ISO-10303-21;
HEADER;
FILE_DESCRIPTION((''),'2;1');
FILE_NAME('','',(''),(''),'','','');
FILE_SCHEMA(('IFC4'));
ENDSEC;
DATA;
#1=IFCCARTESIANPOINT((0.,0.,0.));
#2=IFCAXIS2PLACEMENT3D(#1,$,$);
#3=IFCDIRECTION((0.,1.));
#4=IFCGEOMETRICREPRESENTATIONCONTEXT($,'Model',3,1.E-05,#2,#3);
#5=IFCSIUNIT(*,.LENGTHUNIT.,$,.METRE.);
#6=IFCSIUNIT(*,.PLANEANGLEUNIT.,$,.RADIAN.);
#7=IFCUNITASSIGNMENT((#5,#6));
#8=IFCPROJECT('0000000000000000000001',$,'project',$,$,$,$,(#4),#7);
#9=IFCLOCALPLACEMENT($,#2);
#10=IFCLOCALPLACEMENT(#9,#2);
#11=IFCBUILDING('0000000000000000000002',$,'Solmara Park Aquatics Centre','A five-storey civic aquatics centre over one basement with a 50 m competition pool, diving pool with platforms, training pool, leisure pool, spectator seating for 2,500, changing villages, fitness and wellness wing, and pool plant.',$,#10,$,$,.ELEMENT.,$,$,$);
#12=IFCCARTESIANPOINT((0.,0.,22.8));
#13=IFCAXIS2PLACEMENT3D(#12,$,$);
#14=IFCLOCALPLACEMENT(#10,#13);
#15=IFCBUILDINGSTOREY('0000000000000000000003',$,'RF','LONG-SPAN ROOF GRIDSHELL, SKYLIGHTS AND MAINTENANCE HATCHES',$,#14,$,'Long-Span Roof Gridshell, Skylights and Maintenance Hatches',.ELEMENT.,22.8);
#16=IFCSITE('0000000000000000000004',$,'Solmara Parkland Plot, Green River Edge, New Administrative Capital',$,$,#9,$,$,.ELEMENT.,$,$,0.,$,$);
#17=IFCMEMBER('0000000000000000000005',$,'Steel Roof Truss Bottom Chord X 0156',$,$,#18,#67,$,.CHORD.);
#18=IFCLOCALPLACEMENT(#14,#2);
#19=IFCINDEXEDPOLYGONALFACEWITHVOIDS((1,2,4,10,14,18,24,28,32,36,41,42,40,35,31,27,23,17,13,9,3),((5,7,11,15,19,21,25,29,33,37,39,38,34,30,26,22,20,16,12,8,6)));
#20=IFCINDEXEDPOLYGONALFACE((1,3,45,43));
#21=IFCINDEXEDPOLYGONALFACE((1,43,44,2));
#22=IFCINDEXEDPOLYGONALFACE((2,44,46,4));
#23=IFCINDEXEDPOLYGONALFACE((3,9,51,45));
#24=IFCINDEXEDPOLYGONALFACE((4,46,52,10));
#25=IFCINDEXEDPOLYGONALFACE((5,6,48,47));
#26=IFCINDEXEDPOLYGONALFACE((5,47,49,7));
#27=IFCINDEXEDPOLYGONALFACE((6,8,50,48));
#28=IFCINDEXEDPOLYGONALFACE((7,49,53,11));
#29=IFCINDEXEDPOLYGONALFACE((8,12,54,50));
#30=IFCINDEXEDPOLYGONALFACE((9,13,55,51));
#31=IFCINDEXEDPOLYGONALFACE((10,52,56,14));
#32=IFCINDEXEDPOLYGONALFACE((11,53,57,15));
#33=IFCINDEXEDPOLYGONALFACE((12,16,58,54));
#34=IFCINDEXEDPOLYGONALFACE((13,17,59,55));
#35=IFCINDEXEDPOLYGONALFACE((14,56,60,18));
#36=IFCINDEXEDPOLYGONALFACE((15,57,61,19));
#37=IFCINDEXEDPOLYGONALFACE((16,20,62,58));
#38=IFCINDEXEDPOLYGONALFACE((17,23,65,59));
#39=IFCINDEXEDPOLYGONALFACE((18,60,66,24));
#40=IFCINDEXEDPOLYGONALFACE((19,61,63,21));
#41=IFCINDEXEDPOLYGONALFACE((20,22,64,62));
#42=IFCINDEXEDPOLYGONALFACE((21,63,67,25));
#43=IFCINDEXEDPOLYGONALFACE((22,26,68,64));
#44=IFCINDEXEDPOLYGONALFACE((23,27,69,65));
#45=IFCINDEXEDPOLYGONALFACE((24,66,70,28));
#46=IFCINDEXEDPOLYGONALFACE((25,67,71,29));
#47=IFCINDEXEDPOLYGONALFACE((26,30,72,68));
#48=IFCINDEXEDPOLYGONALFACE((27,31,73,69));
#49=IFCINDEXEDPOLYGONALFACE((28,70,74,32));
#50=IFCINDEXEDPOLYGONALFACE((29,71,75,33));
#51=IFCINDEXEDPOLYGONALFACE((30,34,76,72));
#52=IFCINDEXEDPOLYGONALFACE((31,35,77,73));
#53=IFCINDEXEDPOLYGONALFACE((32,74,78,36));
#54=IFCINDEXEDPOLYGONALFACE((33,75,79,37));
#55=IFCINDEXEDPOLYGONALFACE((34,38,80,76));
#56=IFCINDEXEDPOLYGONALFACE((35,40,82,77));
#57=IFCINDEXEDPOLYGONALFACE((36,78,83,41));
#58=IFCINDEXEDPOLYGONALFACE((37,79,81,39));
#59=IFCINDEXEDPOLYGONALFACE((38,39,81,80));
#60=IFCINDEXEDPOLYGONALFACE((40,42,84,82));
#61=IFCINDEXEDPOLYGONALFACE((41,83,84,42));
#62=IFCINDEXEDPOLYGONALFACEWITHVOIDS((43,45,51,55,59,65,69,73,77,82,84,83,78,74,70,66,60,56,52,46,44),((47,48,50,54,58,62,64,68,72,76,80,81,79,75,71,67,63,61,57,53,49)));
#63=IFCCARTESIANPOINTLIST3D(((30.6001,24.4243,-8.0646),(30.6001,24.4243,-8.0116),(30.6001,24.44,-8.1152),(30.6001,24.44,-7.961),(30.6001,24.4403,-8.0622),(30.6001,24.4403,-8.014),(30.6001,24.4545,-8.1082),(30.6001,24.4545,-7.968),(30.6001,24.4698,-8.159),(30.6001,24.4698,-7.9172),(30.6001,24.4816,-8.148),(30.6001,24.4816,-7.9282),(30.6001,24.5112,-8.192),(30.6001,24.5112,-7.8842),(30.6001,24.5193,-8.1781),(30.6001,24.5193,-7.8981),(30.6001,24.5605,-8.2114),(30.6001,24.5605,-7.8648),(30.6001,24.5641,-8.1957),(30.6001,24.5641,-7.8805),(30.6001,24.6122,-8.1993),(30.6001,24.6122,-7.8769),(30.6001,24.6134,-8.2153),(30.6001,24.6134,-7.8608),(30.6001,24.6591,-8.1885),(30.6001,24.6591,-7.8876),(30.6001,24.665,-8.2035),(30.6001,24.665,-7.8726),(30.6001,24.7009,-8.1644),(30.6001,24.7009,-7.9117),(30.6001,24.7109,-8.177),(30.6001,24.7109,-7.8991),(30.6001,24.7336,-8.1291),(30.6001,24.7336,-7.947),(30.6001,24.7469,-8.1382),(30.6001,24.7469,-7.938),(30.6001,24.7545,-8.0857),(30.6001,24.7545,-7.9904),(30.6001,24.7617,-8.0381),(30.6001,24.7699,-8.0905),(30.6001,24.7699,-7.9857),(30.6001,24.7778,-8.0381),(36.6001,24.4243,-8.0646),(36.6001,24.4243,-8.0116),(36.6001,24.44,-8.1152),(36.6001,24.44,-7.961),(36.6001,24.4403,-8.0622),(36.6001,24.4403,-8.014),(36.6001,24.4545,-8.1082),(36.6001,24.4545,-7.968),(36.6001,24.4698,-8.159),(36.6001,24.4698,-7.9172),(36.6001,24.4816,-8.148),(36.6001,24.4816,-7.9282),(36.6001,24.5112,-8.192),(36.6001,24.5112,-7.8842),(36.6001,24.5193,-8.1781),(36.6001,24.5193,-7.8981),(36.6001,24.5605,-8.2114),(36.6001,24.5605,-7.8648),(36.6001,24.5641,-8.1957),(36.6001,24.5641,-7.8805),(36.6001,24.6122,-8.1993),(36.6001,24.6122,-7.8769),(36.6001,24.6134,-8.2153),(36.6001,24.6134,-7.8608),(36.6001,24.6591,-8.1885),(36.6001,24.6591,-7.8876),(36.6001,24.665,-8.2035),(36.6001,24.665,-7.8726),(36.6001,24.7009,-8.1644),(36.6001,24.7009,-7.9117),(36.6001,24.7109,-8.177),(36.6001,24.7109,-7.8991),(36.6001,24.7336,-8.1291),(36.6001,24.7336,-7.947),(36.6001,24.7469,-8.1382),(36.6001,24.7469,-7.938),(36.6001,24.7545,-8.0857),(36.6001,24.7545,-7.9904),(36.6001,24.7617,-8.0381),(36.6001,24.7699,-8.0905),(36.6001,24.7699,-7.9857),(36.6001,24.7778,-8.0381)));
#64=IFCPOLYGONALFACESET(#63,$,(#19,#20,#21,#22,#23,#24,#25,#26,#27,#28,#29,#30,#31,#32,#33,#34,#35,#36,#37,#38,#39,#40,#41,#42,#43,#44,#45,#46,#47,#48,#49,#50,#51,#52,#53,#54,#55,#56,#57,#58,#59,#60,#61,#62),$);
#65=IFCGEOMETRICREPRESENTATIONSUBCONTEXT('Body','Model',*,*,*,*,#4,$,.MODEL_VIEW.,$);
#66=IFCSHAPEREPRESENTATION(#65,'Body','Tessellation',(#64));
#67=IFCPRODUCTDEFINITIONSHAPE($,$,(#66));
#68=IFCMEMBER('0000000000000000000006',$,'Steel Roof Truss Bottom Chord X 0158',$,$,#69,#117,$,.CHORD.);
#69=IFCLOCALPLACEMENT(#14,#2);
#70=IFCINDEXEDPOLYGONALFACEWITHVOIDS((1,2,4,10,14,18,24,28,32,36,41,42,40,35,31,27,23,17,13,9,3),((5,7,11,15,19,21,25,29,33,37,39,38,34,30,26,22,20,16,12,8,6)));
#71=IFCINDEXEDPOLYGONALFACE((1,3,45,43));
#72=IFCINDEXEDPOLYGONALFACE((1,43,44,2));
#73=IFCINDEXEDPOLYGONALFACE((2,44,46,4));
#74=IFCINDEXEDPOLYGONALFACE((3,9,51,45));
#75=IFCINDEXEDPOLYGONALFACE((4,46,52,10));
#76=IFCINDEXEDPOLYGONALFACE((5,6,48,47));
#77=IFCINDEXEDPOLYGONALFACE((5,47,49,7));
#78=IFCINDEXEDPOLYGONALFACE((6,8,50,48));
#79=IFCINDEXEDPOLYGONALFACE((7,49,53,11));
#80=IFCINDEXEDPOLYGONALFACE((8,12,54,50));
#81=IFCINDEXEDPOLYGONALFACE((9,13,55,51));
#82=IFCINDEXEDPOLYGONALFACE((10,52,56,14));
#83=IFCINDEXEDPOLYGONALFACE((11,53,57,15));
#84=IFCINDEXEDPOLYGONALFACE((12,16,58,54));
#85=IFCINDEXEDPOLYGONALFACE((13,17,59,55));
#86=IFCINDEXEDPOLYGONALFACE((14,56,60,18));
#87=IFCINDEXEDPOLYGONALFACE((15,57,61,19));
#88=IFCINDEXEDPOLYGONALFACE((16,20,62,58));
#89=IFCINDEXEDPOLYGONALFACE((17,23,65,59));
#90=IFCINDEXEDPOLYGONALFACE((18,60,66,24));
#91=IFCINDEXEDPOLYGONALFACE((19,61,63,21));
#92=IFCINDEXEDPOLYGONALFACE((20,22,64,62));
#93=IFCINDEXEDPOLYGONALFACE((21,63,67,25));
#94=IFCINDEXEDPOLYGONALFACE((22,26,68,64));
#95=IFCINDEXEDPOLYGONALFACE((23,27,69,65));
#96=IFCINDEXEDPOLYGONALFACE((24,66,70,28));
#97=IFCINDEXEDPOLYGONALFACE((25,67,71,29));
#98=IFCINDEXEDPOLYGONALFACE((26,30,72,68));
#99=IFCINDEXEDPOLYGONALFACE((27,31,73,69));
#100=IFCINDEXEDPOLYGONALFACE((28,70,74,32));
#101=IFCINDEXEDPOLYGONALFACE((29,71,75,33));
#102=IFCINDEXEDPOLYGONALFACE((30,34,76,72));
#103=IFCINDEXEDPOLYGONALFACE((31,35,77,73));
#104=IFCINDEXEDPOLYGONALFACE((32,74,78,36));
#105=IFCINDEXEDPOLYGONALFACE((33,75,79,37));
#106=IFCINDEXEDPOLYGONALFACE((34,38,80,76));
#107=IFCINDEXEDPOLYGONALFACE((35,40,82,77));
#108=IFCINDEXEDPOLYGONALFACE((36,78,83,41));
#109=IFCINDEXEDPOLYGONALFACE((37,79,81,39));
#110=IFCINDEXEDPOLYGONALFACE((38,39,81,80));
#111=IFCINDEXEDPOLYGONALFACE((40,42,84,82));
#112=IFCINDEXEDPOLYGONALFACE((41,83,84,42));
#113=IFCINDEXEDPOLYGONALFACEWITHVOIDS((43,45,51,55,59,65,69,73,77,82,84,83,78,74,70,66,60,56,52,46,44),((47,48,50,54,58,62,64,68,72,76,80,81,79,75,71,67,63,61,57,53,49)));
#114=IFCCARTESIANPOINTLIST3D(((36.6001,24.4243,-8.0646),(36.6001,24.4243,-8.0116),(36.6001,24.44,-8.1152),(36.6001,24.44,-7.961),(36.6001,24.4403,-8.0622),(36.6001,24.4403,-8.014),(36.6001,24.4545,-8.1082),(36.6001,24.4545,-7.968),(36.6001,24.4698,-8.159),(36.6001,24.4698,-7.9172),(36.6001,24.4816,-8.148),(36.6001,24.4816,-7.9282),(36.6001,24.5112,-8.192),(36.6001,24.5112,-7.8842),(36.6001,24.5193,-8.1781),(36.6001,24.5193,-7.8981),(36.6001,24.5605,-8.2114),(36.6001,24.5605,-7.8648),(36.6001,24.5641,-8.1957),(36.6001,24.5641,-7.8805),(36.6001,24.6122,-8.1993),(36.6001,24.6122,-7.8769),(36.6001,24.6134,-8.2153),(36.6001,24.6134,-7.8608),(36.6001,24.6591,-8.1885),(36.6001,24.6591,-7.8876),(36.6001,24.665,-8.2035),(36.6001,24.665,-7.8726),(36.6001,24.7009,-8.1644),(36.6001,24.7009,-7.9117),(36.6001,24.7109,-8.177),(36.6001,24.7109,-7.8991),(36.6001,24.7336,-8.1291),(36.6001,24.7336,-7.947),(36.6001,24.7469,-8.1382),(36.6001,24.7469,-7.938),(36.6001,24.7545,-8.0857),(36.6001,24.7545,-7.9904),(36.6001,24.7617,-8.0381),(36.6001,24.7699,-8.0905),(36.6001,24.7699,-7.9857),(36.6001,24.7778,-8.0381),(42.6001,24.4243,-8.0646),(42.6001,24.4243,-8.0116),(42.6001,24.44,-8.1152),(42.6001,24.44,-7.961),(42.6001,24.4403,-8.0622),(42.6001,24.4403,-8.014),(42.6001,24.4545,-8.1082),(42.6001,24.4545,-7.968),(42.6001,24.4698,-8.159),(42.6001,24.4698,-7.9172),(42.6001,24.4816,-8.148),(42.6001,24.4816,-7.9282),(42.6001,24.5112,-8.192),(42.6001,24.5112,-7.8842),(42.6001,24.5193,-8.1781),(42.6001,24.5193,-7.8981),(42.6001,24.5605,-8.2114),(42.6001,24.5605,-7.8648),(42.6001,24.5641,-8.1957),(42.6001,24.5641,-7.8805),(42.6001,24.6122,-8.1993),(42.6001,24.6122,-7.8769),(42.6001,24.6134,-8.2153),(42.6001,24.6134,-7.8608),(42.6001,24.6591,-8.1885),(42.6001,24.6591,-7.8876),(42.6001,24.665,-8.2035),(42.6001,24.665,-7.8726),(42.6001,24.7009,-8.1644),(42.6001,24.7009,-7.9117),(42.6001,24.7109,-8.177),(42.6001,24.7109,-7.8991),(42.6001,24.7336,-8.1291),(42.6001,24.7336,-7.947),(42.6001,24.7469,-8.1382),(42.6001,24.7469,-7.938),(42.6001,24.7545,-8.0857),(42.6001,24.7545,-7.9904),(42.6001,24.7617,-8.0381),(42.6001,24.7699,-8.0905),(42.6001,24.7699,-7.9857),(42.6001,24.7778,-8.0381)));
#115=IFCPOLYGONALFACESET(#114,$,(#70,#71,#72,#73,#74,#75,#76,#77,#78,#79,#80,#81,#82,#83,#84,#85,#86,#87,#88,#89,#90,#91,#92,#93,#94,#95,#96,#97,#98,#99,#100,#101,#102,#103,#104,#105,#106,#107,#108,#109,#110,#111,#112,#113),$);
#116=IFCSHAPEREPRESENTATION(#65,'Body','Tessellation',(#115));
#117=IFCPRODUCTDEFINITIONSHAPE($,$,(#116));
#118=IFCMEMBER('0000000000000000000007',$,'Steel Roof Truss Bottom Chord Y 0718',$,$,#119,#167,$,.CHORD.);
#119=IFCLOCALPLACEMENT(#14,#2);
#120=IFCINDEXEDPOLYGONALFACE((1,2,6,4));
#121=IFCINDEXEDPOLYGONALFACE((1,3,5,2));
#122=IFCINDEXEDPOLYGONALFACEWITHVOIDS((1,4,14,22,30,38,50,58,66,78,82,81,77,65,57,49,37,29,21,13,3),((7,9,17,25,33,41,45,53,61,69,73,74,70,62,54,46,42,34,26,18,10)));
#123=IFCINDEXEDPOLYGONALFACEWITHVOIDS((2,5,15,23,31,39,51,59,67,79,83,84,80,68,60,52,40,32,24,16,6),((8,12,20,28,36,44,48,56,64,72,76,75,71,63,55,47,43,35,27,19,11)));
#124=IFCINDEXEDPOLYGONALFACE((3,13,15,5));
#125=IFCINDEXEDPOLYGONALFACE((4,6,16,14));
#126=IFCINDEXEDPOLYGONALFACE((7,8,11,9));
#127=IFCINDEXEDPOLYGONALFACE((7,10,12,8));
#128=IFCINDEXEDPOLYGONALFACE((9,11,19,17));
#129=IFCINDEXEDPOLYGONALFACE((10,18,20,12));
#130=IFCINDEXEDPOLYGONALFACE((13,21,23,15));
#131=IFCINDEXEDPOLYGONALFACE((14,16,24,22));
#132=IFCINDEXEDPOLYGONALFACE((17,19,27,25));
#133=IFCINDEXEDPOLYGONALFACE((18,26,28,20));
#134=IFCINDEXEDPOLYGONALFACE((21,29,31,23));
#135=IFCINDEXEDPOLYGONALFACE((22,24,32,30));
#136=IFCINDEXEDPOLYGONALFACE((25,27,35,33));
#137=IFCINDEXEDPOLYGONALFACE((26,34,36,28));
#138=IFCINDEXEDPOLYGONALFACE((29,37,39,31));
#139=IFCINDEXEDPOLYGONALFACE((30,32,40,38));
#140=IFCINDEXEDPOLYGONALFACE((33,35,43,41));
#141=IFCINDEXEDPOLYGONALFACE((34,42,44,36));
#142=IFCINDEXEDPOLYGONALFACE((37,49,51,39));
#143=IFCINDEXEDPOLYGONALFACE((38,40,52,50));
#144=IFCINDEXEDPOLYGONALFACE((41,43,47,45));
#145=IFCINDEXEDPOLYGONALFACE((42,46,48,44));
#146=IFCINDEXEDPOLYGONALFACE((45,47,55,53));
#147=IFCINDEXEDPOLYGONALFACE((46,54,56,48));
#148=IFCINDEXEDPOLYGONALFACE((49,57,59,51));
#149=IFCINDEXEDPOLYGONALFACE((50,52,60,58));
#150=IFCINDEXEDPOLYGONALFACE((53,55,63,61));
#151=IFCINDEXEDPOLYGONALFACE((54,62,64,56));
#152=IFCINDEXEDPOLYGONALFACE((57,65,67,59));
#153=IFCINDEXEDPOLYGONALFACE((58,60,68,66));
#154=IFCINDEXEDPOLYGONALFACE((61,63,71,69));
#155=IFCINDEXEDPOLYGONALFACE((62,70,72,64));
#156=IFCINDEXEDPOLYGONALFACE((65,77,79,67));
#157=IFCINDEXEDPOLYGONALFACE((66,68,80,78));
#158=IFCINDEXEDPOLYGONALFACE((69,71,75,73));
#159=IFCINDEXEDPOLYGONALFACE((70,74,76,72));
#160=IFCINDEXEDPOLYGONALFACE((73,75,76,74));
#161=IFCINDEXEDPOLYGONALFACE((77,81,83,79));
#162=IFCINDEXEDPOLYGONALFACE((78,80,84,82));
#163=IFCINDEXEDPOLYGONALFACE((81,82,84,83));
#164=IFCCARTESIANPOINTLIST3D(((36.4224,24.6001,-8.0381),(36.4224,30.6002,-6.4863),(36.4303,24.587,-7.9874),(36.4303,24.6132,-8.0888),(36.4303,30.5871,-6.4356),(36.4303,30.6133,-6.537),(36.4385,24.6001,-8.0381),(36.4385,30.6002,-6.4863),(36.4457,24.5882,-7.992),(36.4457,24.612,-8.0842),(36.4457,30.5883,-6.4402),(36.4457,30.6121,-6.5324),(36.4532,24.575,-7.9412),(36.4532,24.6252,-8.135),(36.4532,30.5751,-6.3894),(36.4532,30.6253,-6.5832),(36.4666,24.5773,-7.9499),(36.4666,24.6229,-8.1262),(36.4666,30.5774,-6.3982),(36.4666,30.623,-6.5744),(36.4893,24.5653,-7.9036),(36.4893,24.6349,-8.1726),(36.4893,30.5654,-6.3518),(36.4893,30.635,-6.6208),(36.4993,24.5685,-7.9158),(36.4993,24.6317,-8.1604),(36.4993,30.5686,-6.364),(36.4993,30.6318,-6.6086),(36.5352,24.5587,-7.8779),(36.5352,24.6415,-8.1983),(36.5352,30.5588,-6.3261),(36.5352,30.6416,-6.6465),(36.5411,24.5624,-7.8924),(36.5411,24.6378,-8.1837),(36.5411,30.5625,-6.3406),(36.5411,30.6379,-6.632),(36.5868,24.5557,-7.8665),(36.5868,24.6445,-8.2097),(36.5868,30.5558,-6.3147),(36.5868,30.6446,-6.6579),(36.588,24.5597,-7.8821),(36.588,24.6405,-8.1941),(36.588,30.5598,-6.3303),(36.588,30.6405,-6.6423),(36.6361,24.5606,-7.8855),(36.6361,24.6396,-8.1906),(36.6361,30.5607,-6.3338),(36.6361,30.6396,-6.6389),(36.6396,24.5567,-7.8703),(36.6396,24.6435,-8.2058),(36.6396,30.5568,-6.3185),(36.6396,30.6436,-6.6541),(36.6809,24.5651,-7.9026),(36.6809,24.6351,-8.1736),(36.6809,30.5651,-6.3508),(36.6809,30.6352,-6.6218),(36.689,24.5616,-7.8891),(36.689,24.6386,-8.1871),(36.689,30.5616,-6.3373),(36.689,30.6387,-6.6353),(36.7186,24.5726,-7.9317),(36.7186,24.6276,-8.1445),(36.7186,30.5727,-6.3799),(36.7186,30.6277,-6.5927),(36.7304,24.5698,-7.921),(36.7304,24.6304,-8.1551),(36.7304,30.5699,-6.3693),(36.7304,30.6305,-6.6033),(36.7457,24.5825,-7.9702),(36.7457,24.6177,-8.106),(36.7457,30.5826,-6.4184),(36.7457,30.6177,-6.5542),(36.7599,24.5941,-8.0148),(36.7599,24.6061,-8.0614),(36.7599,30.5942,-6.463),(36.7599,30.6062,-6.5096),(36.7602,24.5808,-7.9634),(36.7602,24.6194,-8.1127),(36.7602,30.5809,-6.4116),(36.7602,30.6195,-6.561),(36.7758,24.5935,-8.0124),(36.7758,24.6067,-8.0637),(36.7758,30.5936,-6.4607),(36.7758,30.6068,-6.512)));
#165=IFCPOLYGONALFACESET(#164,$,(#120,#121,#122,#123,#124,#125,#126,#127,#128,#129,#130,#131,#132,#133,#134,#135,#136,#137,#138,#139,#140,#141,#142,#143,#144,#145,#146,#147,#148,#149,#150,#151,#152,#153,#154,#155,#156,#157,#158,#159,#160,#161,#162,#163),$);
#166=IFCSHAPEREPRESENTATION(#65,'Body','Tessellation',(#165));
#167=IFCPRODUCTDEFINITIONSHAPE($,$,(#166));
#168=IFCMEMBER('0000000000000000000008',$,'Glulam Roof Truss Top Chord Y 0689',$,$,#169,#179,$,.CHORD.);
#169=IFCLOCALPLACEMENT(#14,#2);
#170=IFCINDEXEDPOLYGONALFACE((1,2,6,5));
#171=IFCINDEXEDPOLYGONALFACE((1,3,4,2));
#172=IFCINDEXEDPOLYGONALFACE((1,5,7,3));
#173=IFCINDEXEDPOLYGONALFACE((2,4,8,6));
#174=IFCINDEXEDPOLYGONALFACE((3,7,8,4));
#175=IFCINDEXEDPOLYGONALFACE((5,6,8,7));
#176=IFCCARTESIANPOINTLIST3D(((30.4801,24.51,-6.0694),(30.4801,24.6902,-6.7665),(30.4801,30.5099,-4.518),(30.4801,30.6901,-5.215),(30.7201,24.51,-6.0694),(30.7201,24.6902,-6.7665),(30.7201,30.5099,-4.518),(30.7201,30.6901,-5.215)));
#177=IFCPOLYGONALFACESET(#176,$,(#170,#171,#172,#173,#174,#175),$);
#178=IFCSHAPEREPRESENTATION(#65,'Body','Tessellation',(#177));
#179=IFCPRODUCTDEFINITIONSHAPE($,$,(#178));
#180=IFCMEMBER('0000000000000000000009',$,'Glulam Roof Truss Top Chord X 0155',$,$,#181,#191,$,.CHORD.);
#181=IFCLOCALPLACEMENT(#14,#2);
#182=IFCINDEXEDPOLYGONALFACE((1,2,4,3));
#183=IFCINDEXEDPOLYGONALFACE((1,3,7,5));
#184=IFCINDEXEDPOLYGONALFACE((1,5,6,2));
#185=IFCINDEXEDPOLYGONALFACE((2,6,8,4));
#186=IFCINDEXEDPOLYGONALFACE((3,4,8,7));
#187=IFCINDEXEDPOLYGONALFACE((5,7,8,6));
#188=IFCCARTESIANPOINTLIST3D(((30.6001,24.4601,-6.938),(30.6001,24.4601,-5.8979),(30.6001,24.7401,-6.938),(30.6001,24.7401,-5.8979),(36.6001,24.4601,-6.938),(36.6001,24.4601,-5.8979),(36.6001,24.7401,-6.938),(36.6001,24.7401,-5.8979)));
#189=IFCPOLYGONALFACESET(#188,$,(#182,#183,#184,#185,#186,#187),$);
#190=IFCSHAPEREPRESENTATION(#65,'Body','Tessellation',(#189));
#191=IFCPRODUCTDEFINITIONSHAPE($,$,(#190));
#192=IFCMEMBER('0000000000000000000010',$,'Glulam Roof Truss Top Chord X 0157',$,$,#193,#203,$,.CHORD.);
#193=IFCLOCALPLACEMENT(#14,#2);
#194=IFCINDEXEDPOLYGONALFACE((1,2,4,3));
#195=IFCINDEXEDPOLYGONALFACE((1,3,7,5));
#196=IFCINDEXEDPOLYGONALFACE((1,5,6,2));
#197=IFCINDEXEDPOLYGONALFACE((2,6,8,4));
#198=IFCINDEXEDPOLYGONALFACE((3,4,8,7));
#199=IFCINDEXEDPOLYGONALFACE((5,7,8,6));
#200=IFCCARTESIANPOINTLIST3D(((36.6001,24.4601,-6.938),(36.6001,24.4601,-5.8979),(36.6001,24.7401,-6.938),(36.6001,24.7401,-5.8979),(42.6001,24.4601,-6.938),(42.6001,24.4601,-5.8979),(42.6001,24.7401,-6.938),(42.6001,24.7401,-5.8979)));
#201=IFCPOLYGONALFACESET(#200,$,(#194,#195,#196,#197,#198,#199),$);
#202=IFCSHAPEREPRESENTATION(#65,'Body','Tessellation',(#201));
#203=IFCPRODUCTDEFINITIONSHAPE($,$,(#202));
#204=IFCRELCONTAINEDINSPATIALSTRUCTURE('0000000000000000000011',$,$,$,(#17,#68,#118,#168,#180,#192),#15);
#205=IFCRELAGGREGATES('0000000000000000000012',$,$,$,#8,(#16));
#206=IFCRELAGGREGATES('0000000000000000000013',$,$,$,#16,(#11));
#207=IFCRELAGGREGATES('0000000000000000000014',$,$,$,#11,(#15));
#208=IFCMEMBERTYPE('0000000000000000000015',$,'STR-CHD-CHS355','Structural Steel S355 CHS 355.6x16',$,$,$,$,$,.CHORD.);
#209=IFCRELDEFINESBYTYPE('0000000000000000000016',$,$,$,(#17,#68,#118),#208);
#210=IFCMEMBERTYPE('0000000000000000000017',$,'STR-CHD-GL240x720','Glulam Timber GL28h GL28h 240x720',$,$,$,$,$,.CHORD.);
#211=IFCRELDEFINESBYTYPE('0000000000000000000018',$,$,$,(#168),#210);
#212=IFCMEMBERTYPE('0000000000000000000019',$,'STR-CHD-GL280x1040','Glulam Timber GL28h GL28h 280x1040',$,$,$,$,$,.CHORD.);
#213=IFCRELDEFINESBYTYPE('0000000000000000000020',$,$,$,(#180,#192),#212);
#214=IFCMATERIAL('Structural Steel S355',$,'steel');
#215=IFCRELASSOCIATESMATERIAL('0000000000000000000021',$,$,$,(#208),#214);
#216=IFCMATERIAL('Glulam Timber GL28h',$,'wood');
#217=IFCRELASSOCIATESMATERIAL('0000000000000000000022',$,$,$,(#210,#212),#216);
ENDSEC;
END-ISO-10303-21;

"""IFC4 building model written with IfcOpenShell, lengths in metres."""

from ifc_helpers import new_model, si_unit, direction, frame, origin, origin_2d, place, context, subcontext, project, spatial, rectangle, hollow_circle, extrude, material, material_profile, profile_set, type_object, element, save


model = new_model("IFC4")

# Units and contexts
model_context = context("Model", 3, precision=1e-05, world=origin(), true_north=direction((0.0, 1.0)))
body_context = subcontext(model_context, "Body", "Model", "MODEL_VIEW")
ifc_project = project(units=[si_unit("LENGTHUNIT", "METRE"), si_unit("PLANEANGLEUNIT", "RADIAN")], contexts=[model_context])

# Site, building, storey
site_placement = place(None, origin())
site = spatial("IfcSite", under=ifc_project, at=site_placement, Name="Solmara Parkland Plot, Green River Edge, New Administrative Capital", CompositionType="ELEMENT", RefElevation=0.0)
building_placement = place(site_placement, origin())
building = spatial("IfcBuilding", under=site, at=building_placement, Name="Solmara Park Aquatics Centre", Description="A five-storey civic aquatics centre over one basement with a 50 m competition pool, diving pool with platforms, training pool, leisure pool, spectator seating for 2,500, changing villages, fitness and wellness wing, and pool plant.", CompositionType="ELEMENT")
storey_placement = place(building_placement, frame((0.0, 0.0, 22.8)))
storey = spatial("IfcBuildingStorey", under=building, at=storey_placement, Name="RF", Description="LONG-SPAN ROOF GRIDSHELL, SKYLIGHTS AND MAINTENANCE HATCHES", LongName="Long-Span Roof Gridshell, Skylights and Maintenance Hatches", CompositionType="ELEMENT", Elevation=22.8)

# Members
ifc_material_1 = material(Name="Structural Steel S355", Category="steel")
ifc_material_profile_1 = material_profile(ifc_material_1, hollow_circle(Radius=0.1777, WallThickness=0.0161, at=origin_2d()), Name="CHS 355.6x16")
ifc_profile_set_1 = profile_set([ifc_material_profile_1], Name="Structural Steel S355")
member_type_1 = type_object("IfcMemberType", Name="STR-CHD-CHS355", Description="Structural Steel S355 CHS 355.6x16", PredefinedType="CHORD", material=ifc_profile_set_1)
for number, where, z_axis, x_axis, name in (
    (1, (30.6001, 24.6001, -8.0381), (1.0, 0.0, 0.0), (0.0, 1.0, 0.0), "Steel Roof Truss Bottom Chord X 0156"),
    (2, (36.6001, 24.6001, -8.0381), (1.0, 0.0, 0.0), (0.0, 1.0, 0.0), "Steel Roof Truss Bottom Chord X 0158"),
):
    element("IfcMember", number, at=place(storey_placement, frame(where, z_axis=z_axis, x_axis=x_axis)), inside=storey, type_object=member_type_1, Name=name, PredefinedType="CHORD", context=body_context, shape_type="SweptSolid", body=[
        extrude(hollow_circle(Radius=0.1777, WallThickness=0.0161, at=origin_2d()), origin(), (0.0, 0.0, 1.0), 6.0),
    ])
member_1_placement = place(storey_placement, frame((36.6001, 24.6001, -8.0381), z_axis=(0.0, 0.968146, 0.250388), x_axis=(-1.0, 0.0, 0.0)))
element("IfcMember", 3, at=member_1_placement, inside=storey, type_object=member_type_1, Name="Steel Roof Truss Bottom Chord Y 0718", PredefinedType="CHORD", context=body_context, shape_type="SweptSolid", body=[
    extrude(hollow_circle(Radius=0.1777, WallThickness=0.0161, at=origin_2d()), origin(), (0.0, 0.0, 1.0), 6.1975),
])
ifc_material_2 = material(Name="Glulam Timber GL28h", Category="wood")
ifc_material_profile_2 = material_profile(ifc_material_2, rectangle(XDim=0.24, YDim=0.72, at=origin_2d()), Name="GL28h 240x720")
ifc_profile_set_2 = profile_set([ifc_material_profile_2], Name="Glulam Timber GL28h")
member_type_2 = type_object("IfcMemberType", Name="STR-CHD-GL240x720", Description="Glulam Timber GL28h GL28h 240x720", PredefinedType="CHORD", material=ifc_profile_set_2)
member_2_placement = place(storey_placement, frame((30.6001, 24.6001, -6.418), z_axis=(0.0, 0.968155, 0.250351), x_axis=(-1.0, 0.0, 0.0)))
element("IfcMember", 4, at=member_2_placement, inside=storey, type_object=member_type_2, Name="Glulam Roof Truss Top Chord Y 0689", PredefinedType="CHORD", context=body_context, shape_type="SweptSolid", body=[
    extrude(rectangle(XDim=0.24, YDim=0.72, at=origin_2d()), origin(), (0.0, 0.0, 1.0), 6.1973),
])
ifc_material_profile_3 = material_profile(ifc_material_2, rectangle(XDim=0.28, YDim=1.04, at=origin_2d()), Name="GL28h 280x1040")
ifc_profile_set_3 = profile_set([ifc_material_profile_3], Name="Glulam Timber GL28h")
member_type_3 = type_object("IfcMemberType", Name="STR-CHD-GL280x1040", Description="Glulam Timber GL28h GL28h 280x1040", PredefinedType="CHORD", material=ifc_profile_set_3)
for number, where, z_axis, x_axis, name in (
    (5, (30.6001, 24.6001, -6.418), (1.0, 0.0, 0.0), (0.0, 1.0, 0.0), "Glulam Roof Truss Top Chord X 0155"),
    (6, (36.6001, 24.6001, -6.418), (1.0, 0.0, 0.0), (0.0, 1.0, 0.0), "Glulam Roof Truss Top Chord X 0157"),
):
    element("IfcMember", number, at=place(storey_placement, frame(where, z_axis=z_axis, x_axis=x_axis)), inside=storey, type_object=member_type_3, Name=name, PredefinedType="CHORD", context=body_context, shape_type="SweptSolid", body=[
        extrude(rectangle(XDim=0.28, YDim=1.04, at=origin_2d()), origin(), (0.0, 0.0, 1.0), 6.0),
    ])

save(model, "model.ifc")
